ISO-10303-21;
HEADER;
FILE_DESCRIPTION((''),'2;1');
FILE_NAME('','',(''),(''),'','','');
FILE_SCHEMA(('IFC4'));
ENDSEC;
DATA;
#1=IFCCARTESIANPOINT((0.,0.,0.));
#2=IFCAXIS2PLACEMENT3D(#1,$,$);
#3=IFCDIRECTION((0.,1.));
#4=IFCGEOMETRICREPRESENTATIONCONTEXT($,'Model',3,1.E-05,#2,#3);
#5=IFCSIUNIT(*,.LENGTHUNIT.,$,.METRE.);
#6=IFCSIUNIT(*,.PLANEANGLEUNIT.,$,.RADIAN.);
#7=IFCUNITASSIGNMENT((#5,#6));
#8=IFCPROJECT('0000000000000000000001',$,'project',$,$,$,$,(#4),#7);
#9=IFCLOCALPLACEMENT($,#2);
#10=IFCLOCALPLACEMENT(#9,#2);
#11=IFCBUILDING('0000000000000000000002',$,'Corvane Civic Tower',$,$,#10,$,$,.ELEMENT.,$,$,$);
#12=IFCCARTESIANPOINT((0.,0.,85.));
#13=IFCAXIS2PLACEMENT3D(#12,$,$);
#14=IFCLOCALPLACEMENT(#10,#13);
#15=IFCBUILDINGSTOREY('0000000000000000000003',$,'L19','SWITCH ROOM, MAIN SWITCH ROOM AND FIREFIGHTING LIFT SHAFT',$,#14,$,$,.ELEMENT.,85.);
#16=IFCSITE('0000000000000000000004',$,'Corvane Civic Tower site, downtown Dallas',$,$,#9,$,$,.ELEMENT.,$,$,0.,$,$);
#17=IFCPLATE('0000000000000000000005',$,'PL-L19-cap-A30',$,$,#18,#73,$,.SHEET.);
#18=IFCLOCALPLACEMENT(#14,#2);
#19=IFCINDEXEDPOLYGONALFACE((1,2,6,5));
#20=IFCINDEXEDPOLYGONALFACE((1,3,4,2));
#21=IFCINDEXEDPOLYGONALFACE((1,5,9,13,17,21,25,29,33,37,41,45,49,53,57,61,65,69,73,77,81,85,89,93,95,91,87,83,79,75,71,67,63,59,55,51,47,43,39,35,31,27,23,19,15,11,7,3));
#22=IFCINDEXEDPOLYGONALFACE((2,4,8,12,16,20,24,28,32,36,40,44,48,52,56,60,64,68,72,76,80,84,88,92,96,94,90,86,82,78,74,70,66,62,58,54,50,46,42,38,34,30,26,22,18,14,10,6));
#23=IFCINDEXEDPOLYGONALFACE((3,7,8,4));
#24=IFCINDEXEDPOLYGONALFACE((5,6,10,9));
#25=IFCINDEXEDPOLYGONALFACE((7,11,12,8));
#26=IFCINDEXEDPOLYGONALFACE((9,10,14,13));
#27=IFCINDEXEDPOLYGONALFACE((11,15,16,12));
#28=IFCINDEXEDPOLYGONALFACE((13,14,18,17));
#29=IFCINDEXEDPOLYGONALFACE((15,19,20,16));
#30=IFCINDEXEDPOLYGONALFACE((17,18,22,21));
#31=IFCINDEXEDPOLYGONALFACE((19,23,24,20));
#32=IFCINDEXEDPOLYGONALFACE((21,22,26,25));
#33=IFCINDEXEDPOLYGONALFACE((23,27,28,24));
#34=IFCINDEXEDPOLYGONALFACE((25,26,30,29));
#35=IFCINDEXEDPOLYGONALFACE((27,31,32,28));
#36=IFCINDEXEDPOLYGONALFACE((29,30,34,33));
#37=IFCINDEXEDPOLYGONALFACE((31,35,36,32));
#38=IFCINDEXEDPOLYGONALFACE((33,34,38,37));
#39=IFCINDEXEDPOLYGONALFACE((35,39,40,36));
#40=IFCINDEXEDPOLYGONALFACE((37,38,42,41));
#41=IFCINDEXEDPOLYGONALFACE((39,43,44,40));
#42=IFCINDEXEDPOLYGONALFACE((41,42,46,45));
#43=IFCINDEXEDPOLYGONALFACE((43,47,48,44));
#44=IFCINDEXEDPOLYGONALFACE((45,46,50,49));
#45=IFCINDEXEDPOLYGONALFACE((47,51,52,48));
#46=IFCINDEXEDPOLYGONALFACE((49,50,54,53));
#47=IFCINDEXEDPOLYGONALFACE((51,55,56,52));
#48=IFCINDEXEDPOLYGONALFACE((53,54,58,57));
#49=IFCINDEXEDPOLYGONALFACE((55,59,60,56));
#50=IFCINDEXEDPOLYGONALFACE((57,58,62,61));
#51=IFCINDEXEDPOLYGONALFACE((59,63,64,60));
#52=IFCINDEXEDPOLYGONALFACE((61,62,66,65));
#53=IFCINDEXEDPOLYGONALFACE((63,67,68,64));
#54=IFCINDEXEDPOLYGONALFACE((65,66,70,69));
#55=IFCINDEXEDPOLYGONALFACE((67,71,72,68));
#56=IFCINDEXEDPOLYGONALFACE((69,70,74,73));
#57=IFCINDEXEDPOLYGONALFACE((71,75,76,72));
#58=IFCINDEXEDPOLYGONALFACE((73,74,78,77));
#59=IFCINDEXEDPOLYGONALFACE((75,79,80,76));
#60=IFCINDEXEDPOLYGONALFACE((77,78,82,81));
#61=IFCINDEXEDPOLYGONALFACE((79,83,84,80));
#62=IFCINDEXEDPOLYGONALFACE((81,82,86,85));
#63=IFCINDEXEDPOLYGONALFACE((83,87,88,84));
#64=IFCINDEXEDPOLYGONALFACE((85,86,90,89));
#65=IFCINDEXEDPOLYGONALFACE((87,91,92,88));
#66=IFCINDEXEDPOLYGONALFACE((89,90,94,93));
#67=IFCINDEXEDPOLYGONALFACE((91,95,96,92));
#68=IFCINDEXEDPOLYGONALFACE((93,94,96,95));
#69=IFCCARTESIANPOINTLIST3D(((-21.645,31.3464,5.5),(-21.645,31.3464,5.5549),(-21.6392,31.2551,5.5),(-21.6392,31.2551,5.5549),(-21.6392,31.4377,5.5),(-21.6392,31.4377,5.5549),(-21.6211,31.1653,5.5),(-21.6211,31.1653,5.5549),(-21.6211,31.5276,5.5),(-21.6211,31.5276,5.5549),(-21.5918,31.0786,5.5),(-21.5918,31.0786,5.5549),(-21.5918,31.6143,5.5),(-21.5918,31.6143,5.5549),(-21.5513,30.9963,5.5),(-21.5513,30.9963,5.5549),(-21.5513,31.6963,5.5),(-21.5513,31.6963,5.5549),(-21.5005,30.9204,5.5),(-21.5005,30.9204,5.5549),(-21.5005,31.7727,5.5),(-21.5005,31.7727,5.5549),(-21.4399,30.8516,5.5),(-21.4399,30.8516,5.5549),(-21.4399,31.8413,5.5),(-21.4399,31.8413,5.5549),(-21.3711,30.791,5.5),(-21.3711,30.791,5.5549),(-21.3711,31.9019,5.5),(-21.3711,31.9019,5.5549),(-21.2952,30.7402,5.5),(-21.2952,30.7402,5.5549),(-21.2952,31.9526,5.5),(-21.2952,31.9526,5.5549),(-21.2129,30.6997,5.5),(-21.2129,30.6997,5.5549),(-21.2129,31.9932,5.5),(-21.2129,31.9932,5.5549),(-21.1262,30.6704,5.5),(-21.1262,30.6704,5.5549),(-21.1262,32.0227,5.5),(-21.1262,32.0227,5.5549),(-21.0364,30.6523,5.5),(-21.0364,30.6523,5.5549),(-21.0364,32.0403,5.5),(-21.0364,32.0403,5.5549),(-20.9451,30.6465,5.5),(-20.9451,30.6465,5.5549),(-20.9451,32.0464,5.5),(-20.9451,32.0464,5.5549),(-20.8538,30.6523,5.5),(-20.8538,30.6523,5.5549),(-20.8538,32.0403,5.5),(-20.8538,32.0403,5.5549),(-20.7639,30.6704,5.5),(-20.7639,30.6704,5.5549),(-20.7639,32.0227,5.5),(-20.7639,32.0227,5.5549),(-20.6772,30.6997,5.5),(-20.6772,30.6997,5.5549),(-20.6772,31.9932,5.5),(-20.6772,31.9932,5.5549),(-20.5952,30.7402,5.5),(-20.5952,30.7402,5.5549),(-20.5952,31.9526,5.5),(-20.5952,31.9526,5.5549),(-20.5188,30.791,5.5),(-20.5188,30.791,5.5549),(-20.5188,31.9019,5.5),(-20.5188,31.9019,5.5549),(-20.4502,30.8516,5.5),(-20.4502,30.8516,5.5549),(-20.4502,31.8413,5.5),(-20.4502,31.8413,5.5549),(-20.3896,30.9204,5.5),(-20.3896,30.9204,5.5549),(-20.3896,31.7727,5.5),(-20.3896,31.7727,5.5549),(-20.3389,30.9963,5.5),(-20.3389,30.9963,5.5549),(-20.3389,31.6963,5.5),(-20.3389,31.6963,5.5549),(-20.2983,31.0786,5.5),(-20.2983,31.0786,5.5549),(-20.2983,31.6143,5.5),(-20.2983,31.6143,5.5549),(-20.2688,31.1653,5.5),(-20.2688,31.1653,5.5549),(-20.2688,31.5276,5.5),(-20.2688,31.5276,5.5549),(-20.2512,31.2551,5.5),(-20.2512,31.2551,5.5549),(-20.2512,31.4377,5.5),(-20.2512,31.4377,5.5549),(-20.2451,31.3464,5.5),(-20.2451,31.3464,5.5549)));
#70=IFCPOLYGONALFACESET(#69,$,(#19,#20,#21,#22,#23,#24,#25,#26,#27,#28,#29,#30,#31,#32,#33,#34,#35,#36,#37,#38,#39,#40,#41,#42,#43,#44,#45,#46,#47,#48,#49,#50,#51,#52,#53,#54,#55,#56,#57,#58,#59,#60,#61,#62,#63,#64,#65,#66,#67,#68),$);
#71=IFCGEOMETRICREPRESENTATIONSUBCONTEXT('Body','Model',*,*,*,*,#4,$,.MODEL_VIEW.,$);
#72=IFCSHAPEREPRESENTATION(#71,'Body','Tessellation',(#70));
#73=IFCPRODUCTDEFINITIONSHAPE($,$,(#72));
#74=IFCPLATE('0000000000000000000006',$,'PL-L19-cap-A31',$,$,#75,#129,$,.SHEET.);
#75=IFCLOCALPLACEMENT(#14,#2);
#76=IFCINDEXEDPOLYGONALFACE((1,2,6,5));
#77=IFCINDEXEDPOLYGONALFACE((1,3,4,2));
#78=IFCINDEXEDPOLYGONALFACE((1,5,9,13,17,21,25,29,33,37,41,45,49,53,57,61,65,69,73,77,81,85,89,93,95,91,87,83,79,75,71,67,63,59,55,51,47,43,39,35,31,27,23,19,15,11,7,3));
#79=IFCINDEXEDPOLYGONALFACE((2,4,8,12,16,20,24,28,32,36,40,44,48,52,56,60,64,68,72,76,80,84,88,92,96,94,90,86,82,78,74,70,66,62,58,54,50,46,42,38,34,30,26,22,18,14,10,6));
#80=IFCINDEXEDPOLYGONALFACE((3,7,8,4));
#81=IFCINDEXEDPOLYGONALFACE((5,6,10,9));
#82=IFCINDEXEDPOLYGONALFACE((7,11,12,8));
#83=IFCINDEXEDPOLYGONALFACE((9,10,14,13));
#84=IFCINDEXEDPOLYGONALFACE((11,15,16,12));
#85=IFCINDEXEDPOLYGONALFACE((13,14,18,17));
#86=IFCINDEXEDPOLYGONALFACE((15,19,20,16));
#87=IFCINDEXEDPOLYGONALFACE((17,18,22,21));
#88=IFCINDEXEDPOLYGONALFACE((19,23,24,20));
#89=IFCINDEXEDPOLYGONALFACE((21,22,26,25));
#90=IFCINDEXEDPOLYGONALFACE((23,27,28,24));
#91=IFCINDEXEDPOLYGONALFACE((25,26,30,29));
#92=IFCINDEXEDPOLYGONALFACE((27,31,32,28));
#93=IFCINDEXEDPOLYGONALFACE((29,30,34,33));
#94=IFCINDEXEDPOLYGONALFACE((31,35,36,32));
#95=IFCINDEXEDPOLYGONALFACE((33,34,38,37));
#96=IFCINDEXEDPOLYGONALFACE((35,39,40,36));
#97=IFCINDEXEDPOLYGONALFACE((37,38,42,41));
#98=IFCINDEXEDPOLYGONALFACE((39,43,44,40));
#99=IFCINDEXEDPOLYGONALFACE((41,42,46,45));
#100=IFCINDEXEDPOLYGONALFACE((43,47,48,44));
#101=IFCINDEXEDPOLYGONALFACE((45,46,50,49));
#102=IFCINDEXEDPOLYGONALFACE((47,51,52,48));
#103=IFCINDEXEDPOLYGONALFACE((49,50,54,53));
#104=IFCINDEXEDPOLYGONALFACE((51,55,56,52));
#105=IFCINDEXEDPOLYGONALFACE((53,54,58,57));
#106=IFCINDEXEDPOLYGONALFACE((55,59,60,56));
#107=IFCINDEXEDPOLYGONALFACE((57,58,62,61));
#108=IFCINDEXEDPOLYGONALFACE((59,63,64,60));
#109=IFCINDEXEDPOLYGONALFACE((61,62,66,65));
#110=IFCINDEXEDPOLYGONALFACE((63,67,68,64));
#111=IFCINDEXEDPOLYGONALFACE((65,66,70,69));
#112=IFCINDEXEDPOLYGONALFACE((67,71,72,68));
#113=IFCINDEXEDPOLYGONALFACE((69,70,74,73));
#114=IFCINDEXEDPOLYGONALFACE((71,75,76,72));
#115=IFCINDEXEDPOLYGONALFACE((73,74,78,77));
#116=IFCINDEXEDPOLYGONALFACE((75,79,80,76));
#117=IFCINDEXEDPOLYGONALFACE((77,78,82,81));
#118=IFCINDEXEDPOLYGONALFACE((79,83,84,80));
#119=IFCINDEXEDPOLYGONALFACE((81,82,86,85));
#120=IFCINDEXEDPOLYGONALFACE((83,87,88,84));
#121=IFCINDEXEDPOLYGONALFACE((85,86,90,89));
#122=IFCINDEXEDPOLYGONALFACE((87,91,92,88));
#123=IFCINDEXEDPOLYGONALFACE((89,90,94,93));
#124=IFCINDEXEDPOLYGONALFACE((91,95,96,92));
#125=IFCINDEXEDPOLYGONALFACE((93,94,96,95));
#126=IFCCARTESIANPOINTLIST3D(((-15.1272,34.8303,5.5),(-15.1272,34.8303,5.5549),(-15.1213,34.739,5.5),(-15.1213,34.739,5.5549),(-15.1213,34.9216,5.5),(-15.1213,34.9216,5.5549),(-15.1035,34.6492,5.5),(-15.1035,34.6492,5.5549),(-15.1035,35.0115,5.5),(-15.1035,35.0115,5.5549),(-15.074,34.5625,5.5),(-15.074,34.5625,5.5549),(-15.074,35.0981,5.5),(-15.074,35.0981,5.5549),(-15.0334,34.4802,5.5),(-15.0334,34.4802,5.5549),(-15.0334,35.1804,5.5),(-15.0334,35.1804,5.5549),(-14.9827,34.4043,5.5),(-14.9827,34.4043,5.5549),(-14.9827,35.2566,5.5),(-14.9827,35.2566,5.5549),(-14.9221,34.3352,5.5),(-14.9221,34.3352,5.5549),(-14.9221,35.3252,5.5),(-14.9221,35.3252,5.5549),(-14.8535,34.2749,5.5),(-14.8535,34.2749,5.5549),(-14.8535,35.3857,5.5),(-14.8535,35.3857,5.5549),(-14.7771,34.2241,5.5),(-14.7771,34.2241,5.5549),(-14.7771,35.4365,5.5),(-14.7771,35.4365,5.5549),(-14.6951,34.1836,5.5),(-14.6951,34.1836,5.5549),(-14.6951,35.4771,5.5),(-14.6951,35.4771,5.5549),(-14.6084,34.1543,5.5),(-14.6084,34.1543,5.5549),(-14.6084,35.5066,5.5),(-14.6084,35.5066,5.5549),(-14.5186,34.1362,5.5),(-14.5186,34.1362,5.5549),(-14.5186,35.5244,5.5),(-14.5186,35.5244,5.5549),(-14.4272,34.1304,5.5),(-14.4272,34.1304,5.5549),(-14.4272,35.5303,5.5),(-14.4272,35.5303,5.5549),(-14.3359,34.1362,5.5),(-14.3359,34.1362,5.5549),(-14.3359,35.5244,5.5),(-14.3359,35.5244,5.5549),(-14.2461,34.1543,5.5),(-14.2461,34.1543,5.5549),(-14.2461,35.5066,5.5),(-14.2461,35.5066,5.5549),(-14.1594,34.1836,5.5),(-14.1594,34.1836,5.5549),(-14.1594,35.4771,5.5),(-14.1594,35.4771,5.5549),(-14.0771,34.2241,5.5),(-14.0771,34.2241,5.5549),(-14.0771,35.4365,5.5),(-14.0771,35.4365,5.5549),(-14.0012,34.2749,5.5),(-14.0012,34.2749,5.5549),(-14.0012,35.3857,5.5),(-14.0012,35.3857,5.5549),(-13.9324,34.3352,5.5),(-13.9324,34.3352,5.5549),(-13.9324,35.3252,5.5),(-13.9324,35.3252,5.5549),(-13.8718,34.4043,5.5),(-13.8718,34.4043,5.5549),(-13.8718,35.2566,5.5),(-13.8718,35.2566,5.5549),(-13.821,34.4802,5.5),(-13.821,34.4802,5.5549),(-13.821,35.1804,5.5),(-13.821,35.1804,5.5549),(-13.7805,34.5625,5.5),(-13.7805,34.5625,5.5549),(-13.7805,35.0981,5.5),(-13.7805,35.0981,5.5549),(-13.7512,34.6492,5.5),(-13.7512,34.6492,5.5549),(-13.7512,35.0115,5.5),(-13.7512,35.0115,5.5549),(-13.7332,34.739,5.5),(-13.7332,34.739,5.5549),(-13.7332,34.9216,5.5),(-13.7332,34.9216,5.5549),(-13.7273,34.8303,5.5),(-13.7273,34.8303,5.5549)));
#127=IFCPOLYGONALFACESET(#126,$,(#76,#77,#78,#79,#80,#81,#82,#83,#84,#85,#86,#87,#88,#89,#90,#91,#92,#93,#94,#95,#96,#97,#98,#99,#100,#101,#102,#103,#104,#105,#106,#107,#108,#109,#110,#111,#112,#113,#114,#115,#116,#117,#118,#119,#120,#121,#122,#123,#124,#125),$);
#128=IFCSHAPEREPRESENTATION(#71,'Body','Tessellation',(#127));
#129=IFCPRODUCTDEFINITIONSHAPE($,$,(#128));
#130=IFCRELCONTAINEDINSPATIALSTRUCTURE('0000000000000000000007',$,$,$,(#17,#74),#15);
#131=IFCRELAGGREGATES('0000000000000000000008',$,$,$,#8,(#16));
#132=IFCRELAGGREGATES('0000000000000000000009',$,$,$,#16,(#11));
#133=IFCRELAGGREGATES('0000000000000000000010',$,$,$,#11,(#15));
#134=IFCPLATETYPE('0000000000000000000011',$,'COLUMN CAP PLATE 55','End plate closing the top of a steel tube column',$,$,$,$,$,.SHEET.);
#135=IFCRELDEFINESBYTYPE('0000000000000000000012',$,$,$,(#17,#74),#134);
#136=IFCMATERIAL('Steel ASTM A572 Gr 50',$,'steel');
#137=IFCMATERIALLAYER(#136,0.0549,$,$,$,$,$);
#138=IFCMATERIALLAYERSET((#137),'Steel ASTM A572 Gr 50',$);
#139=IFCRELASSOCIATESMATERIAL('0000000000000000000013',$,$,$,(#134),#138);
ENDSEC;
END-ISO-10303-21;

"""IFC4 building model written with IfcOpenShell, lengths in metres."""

from ifc_helpers import new_model, si_unit, direction, frame, origin, place, context, subcontext, project, spatial, polyline, outline, extrude, material, layer, layer_set, type_object, element, save


model = new_model("IFC4")

# Units and contexts
model_context = context("Model", 3, precision=1e-05, world=origin(), true_north=direction((0.0, 1.0)))
body_context = subcontext(model_context, "Body", "Model", "MODEL_VIEW")
ifc_project = project(units=[si_unit("LENGTHUNIT", "METRE"), si_unit("PLANEANGLEUNIT", "RADIAN")], contexts=[model_context])

# Site, building, storey
site_placement = place(None, origin())
site = spatial("IfcSite", under=ifc_project, at=site_placement, Name="Corvane Civic Tower site, downtown Dallas", CompositionType="ELEMENT", RefElevation=0.0)
building_placement = place(site_placement, origin())
building = spatial("IfcBuilding", under=site, at=building_placement, Name="Corvane Civic Tower", CompositionType="ELEMENT")
storey_placement = place(building_placement, frame((0.0, 0.0, 85.0)))
storey = spatial("IfcBuildingStorey", under=building, at=storey_placement, Name="L19", Description="SWITCH ROOM, MAIN SWITCH ROOM AND FIREFIGHTING LIFT SHAFT", CompositionType="ELEMENT", Elevation=85.0)

# Plates
ifc_material_1 = material(Name="Steel ASTM A572 Gr 50", Category="steel")
ifc_layer_1 = layer(ifc_material_1, 0.0549)
ifc_layer_set_1 = layer_set([ifc_layer_1], Name="Steel ASTM A572 Gr 50")
plate_type = type_object("IfcPlateType", Name="COLUMN CAP PLATE 55", Description="End plate closing the top of a steel tube column", PredefinedType="SHEET", material=ifc_layer_set_1)
plate_1_placement = place(storey_placement, frame((0.0, 0.0, 5.5)))
element("IfcPlate", 1, at=plate_1_placement, inside=storey, type_object=plate_type, Name="PL-L19-cap-A30", PredefinedType="SHEET", context=body_context, shape_type="SweptSolid", body=[
    extrude(outline(polyline([(-20.2451, 31.3464), (-20.2512, 31.4377), (-20.2688, 31.5276), (-20.2983, 31.6143), (-20.3389, 31.6963), (-20.3896, 31.7727), (-20.4502, 31.8413), (-20.5188, 31.9019), (-20.5952, 31.9526), (-20.6772, 31.9932), (-20.7639, 32.0227), (-20.8538, 32.0403), (-20.9451, 32.0464), (-21.0364, 32.0403), (-21.1262, 32.0227), (-21.2129, 31.9932), (-21.2952, 31.9526), (-21.3711, 31.9019), (-21.4399, 31.8413), (-21.5005, 31.7727), (-21.5513, 31.6963), (-21.5918, 31.6143), (-21.6211, 31.5276), (-21.6392, 31.4377), (-21.645, 31.3464), (-21.6392, 31.2551), (-21.6211, 31.1653), (-21.5918, 31.0786), (-21.5513, 30.9963), (-21.5005, 30.9204), (-21.4399, 30.8516), (-21.3711, 30.791), (-21.2952, 30.7402), (-21.2129, 30.6997), (-21.1262, 30.6704), (-21.0364, 30.6523), (-20.9451, 30.6465), (-20.8538, 30.6523), (-20.7639, 30.6704), (-20.6772, 30.6997), (-20.5952, 30.7402), (-20.5188, 30.791), (-20.4502, 30.8516), (-20.3896, 30.9204), (-20.3389, 30.9963), (-20.2983, 31.0786), (-20.2688, 31.1653), (-20.2512, 31.2551), (-20.2451, 31.3464)])), origin(), (0.0, 0.0, 1.0), 0.0549),
])
plate_2_placement = place(storey_placement, frame((0.0, 0.0, 5.5)))
element("IfcPlate", 2, at=plate_2_placement, inside=storey, type_object=plate_type, Name="PL-L19-cap-A31", PredefinedType="SHEET", context=body_context, shape_type="SweptSolid", body=[
    extrude(outline(polyline([(-13.7273, 34.8303), (-13.7332, 34.9216), (-13.7512, 35.0115), (-13.7805, 35.0981), (-13.821, 35.1804), (-13.8718, 35.2566), (-13.9324, 35.3252), (-14.0012, 35.3857), (-14.0771, 35.4365), (-14.1594, 35.4771), (-14.2461, 35.5066), (-14.3359, 35.5244), (-14.4272, 35.5303), (-14.5186, 35.5244), (-14.6084, 35.5066), (-14.6951, 35.4771), (-14.7771, 35.4365), (-14.8535, 35.3857), (-14.9221, 35.3252), (-14.9827, 35.2566), (-15.0334, 35.1804), (-15.074, 35.0981), (-15.1035, 35.0115), (-15.1213, 34.9216), (-15.1272, 34.8303), (-15.1213, 34.739), (-15.1035, 34.6492), (-15.074, 34.5625), (-15.0334, 34.4802), (-14.9827, 34.4043), (-14.9221, 34.3352), (-14.8535, 34.2749), (-14.7771, 34.2241), (-14.6951, 34.1836), (-14.6084, 34.1543), (-14.5186, 34.1362), (-14.4272, 34.1304), (-14.3359, 34.1362), (-14.2461, 34.1543), (-14.1594, 34.1836), (-14.0771, 34.2241), (-14.0012, 34.2749), (-13.9324, 34.3352), (-13.8718, 34.4043), (-13.821, 34.4802), (-13.7805, 34.5625), (-13.7512, 34.6492), (-13.7332, 34.739), (-13.7273, 34.8303)])), origin(), (0.0, 0.0, 1.0), 0.0549),
])

save(model, "model.ifc")
